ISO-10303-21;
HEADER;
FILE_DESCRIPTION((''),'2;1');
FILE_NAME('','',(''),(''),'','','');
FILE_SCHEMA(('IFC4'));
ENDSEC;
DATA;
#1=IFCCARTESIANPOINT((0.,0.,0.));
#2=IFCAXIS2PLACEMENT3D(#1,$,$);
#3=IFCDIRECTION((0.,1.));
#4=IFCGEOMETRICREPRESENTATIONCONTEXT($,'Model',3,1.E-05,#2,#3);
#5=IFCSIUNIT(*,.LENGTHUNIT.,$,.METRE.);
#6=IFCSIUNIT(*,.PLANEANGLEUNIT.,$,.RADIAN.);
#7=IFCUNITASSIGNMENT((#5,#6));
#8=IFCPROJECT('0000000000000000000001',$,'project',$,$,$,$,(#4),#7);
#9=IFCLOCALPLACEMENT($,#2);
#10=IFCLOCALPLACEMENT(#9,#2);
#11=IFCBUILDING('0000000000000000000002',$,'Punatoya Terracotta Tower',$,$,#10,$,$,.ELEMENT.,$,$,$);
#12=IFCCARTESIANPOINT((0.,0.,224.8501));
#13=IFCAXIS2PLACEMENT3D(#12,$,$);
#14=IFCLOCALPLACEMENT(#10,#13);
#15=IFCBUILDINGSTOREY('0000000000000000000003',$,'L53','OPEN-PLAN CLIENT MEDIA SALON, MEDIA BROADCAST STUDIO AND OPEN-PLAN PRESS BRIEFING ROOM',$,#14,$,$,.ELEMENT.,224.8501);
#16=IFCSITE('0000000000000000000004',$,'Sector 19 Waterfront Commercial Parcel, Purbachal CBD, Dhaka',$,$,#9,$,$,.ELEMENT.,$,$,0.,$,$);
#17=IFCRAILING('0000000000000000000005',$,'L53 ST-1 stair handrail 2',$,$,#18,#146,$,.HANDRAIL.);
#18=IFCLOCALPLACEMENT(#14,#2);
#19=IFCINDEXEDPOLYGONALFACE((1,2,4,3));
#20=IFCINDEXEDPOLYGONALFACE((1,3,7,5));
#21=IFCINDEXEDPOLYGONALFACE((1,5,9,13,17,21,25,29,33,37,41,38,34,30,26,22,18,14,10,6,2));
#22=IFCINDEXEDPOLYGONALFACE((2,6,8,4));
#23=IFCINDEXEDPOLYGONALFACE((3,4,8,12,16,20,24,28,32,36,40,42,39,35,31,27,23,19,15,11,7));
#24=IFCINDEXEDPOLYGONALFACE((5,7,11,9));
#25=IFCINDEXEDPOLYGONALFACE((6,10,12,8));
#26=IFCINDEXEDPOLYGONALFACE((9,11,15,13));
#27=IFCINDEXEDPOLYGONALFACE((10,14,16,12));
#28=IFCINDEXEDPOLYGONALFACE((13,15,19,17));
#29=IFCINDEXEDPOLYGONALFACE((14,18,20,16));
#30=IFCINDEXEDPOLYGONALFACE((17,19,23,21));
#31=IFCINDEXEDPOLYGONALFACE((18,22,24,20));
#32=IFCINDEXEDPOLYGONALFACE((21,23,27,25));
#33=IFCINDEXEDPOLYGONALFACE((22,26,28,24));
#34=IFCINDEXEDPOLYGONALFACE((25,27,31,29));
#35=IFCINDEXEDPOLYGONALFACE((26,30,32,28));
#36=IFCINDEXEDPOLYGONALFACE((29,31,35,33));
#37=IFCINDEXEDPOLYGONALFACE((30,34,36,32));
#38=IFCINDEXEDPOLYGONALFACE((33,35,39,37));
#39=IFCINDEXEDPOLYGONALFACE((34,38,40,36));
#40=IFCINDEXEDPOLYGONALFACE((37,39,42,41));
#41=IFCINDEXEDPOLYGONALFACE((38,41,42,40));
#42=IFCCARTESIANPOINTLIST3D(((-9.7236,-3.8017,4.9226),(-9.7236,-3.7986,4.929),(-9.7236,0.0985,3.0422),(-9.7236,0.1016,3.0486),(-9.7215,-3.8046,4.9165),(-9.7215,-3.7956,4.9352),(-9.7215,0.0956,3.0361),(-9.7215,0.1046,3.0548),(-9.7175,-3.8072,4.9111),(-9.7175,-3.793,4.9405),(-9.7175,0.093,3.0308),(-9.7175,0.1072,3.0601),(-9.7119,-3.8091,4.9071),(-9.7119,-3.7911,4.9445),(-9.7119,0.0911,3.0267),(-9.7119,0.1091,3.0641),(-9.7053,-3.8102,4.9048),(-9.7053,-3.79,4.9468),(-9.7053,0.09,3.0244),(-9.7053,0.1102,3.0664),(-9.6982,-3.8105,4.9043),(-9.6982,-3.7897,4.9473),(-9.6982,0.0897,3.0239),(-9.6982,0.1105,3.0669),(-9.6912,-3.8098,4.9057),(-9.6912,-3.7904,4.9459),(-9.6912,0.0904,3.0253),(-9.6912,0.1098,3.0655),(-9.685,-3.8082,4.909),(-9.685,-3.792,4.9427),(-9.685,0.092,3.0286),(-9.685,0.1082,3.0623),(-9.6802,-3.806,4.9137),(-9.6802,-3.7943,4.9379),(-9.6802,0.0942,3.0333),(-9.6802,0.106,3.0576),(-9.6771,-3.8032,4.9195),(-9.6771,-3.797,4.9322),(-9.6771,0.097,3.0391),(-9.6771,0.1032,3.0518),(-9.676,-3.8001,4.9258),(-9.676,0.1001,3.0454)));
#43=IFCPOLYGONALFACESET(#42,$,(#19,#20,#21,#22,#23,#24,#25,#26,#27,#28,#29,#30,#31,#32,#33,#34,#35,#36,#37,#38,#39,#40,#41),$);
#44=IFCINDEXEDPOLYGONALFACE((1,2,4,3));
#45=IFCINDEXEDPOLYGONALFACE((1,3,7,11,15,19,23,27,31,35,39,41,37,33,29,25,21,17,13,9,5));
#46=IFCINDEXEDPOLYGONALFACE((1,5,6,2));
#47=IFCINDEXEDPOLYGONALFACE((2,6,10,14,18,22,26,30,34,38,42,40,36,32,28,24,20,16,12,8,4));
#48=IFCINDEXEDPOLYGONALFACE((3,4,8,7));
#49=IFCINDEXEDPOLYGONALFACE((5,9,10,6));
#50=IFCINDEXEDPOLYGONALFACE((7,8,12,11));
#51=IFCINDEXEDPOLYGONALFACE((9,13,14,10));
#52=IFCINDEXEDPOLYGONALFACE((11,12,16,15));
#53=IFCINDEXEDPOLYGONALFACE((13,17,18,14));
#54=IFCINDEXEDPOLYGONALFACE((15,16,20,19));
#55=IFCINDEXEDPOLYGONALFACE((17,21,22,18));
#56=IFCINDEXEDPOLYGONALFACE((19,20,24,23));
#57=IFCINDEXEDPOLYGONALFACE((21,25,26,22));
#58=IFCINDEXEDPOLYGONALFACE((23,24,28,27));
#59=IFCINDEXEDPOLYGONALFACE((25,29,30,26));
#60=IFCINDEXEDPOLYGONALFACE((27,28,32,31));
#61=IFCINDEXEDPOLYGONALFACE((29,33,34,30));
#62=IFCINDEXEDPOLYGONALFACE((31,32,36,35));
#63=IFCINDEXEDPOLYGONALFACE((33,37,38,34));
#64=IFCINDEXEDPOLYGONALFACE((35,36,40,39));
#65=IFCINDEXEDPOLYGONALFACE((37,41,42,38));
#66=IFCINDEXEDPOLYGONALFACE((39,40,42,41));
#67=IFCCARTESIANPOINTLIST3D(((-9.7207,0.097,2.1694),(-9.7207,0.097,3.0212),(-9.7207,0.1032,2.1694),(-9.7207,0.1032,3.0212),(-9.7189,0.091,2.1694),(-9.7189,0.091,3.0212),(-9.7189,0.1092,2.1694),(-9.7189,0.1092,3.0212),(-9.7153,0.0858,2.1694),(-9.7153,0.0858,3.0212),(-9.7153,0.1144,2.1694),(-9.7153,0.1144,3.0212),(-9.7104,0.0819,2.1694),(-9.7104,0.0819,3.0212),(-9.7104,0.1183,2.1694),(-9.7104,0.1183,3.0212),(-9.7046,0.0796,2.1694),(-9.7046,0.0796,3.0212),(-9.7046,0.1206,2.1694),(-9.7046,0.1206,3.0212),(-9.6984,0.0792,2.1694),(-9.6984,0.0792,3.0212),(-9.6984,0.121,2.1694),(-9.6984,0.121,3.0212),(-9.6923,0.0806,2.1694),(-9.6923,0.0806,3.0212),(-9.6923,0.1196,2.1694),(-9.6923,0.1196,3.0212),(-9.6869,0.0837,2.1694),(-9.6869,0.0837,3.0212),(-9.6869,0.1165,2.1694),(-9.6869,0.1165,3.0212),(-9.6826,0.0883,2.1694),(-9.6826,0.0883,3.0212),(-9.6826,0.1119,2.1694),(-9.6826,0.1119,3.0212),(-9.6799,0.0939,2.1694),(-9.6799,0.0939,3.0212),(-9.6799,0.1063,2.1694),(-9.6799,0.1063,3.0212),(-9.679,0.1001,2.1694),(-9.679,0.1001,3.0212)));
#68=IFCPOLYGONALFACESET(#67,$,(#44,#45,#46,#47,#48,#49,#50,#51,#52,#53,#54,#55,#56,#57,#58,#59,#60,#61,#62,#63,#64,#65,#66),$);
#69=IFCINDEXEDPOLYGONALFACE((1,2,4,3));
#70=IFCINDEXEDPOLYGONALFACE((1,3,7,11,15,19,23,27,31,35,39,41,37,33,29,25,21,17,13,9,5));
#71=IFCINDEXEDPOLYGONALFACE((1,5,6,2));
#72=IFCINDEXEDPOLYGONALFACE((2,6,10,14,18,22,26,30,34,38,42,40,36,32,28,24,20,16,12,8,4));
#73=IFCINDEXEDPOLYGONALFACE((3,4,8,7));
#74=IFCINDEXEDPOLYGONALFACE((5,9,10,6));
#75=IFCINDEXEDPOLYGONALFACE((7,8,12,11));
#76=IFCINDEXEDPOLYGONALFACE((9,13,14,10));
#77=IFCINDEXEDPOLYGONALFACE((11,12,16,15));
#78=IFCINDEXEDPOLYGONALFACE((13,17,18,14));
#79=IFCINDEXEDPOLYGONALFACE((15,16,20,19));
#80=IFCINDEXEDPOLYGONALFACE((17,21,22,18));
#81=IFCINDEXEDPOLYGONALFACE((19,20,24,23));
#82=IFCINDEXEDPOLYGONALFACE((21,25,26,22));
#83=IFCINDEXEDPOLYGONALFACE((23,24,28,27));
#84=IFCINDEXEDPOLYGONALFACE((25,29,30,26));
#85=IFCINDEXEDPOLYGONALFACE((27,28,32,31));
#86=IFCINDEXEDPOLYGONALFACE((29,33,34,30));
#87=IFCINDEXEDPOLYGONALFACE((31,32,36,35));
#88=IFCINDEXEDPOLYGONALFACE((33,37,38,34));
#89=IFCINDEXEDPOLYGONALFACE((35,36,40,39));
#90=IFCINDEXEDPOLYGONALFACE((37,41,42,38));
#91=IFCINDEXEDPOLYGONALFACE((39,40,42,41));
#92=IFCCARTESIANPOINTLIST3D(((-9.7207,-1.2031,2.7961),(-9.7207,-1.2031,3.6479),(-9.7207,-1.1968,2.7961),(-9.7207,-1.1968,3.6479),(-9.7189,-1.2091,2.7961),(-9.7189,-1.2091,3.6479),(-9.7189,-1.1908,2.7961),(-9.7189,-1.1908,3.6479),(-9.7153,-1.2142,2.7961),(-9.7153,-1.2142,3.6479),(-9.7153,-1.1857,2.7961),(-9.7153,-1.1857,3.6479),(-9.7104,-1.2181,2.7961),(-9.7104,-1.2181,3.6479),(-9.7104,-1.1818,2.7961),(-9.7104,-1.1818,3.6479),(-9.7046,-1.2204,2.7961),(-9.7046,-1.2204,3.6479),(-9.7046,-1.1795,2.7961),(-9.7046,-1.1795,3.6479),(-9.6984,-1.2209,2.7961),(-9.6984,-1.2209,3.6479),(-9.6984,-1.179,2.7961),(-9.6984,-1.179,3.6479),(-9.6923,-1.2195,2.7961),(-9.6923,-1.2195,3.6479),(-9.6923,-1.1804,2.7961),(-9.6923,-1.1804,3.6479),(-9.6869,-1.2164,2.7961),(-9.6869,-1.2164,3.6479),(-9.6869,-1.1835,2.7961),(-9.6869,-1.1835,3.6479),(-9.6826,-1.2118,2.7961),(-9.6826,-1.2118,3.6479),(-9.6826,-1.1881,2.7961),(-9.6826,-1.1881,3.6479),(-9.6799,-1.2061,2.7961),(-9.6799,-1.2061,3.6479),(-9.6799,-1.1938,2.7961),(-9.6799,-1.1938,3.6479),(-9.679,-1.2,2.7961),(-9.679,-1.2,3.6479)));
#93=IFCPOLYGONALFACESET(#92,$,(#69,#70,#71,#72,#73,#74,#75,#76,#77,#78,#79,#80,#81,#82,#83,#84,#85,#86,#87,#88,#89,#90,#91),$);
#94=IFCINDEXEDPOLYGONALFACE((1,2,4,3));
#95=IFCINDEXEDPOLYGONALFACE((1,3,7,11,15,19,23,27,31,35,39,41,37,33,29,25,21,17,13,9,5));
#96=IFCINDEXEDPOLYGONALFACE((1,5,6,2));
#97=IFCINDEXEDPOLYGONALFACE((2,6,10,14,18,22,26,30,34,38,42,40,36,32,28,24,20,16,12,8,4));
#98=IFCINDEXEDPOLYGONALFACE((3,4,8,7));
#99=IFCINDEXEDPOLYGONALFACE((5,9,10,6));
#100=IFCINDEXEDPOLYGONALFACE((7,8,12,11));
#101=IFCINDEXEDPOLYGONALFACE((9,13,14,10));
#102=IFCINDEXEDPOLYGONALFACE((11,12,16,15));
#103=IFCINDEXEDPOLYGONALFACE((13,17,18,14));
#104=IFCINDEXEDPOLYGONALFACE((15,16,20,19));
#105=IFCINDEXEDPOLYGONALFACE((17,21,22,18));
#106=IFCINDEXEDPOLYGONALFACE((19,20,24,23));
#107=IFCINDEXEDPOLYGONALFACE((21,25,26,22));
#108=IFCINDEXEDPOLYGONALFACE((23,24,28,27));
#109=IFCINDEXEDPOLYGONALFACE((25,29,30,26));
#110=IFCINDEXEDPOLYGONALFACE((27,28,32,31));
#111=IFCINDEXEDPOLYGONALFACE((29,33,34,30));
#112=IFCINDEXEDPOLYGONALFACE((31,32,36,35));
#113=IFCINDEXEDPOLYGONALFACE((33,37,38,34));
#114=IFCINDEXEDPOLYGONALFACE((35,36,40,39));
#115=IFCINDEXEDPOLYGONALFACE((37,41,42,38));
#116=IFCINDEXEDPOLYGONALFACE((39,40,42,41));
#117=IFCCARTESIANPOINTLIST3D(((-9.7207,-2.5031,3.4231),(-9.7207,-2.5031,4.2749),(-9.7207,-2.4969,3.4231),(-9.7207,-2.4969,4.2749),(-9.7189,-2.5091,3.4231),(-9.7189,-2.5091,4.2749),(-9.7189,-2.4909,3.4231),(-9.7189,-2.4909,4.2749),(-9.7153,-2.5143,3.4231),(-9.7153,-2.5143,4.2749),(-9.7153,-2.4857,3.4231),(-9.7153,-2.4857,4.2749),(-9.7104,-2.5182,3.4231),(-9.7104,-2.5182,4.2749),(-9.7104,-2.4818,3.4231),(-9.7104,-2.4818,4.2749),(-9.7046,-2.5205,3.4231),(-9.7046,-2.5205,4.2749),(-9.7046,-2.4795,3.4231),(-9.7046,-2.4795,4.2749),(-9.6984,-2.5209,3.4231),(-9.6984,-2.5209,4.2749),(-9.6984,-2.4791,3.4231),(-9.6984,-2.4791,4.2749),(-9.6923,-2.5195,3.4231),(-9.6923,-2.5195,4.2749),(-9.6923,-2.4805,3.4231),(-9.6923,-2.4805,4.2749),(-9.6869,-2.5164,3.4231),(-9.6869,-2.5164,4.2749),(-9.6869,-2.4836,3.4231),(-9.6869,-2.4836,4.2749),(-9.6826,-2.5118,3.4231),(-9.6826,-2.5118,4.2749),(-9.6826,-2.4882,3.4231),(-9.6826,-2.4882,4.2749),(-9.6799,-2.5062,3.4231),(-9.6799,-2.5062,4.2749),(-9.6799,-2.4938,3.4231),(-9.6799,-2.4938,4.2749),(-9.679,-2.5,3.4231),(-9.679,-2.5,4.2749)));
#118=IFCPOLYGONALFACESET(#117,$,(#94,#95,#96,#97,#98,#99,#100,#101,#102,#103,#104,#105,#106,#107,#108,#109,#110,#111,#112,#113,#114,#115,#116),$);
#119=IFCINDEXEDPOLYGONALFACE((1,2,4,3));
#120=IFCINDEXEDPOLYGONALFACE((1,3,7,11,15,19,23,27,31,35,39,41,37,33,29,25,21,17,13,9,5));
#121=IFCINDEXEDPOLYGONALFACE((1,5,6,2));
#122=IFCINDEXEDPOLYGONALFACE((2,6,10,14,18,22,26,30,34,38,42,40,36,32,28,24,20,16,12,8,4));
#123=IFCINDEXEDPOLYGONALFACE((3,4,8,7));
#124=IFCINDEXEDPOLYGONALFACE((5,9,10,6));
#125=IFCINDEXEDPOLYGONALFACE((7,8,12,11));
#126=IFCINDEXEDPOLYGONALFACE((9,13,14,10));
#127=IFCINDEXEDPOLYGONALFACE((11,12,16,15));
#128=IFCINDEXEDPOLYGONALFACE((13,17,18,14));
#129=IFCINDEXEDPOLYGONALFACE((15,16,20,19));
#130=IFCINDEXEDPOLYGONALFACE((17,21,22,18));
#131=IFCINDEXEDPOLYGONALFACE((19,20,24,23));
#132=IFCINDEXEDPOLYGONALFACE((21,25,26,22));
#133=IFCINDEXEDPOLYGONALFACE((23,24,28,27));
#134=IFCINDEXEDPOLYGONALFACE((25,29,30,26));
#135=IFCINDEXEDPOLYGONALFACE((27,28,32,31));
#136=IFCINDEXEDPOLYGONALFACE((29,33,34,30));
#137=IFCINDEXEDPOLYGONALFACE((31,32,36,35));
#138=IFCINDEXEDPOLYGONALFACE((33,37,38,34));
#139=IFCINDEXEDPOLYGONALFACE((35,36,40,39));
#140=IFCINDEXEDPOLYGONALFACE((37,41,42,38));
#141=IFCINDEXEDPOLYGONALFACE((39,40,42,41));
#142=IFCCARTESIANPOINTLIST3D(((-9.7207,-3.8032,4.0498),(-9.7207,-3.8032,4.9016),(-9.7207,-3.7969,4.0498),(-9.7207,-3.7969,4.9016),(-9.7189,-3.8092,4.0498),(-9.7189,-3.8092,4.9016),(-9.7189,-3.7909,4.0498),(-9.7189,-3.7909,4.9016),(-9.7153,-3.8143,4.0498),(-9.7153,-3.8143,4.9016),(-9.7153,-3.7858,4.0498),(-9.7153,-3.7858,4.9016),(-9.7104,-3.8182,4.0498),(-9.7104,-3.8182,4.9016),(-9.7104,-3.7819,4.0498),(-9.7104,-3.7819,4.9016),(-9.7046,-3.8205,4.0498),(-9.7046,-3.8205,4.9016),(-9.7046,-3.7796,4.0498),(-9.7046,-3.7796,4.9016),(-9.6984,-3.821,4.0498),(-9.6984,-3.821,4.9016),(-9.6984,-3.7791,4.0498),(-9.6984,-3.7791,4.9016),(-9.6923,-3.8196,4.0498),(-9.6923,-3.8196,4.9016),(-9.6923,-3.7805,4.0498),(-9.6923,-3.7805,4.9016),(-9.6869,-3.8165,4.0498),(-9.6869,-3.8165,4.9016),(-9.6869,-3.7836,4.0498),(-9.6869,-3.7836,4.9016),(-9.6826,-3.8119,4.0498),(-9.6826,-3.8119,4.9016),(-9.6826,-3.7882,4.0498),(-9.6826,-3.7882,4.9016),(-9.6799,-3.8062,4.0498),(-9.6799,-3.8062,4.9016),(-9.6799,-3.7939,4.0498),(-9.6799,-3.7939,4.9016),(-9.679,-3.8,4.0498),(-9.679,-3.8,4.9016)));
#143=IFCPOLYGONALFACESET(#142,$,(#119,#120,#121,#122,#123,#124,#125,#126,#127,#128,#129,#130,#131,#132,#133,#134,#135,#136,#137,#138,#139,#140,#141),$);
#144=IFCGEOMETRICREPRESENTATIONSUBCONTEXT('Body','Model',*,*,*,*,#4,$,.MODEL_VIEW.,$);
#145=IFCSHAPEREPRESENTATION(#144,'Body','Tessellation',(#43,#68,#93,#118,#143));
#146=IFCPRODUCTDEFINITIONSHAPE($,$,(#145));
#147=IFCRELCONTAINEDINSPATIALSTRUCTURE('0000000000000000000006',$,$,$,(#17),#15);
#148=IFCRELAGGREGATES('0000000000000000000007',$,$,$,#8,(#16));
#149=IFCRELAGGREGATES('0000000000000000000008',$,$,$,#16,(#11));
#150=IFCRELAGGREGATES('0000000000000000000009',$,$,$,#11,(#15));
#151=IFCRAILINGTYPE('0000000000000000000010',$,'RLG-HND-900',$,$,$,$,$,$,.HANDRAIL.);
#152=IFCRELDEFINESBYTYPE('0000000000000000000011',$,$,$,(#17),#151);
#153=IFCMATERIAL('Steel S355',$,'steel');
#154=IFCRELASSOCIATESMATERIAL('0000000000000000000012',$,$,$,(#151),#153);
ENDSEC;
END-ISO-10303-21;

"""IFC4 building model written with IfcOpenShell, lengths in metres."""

from ifc_helpers import new_model, si_unit, direction, frame, origin, origin_2d, place, context, subcontext, project, spatial, circle, extrude, material, type_object, element, save


model = new_model("IFC4")

# Units and contexts
model_context = context("Model", 3, precision=1e-05, world=origin(), true_north=direction((0.0, 1.0)))
body_context = subcontext(model_context, "Body", "Model", "MODEL_VIEW")
ifc_project = project(units=[si_unit("LENGTHUNIT", "METRE"), si_unit("PLANEANGLEUNIT", "RADIAN")], contexts=[model_context])

# Site, building, storey
site_placement = place(None, origin())
site = spatial("IfcSite", under=ifc_project, at=site_placement, Name="Sector 19 Waterfront Commercial Parcel, Purbachal CBD, Dhaka", CompositionType="ELEMENT", RefElevation=0.0)
building_placement = place(site_placement, origin())
building = spatial("IfcBuilding", under=site, at=building_placement, Name="Punatoya Terracotta Tower", CompositionType="ELEMENT")
storey_placement = place(building_placement, frame((0.0, 0.0, 224.8501)))
storey = spatial("IfcBuildingStorey", under=building, at=storey_placement, Name="L53", Description="OPEN-PLAN CLIENT MEDIA SALON, MEDIA BROADCAST STUDIO AND OPEN-PLAN PRESS BRIEFING ROOM", CompositionType="ELEMENT", Elevation=224.8501)

# Shared definitions
ifc_material_1 = material(Name="Steel S355", Category="steel")

# Railing
railing_type_1 = type_object("IfcRailingType", Name="RLG-HND-900", PredefinedType="HANDRAIL", material=ifc_material_1)
railing_1_placement = place(storey_placement, frame((-9.7, 0.1001, 2.1694)))
element("IfcRailing", 1, at=railing_1_placement, inside=storey, type_object=railing_type_1, Name="L53 ST-1 stair handrail 2", PredefinedType="HANDRAIL", context=body_context, shape_type="SweptSolid", body=[
    extrude(circle(Radius=0.0239, at=origin_2d()), frame((0.0, 0.0, 0.876), z_axis=(0.0, -0.900774, 0.434289), x_axis=(1.0, 0.0, 0.0)), (0.0, 0.0, 1.0), 4.3298),
    extrude(circle(Radius=0.021, at=origin_2d()), origin(), (0.0, 0.0, 1.0), 0.8518),
    extrude(circle(Radius=0.021, at=origin_2d()), frame((0.0, -1.3, 0.6267)), (0.0, 0.0, 1.0), 0.8518),
    extrude(circle(Radius=0.021, at=origin_2d()), frame((0.0, -2.6001, 1.2537)), (0.0, 0.0, 1.0), 0.8518),
    extrude(circle(Radius=0.021, at=origin_2d()), frame((0.0, -3.9001, 1.8804)), (0.0, 0.0, 1.0), 0.8518),
])

save(model, "model.ifc")
